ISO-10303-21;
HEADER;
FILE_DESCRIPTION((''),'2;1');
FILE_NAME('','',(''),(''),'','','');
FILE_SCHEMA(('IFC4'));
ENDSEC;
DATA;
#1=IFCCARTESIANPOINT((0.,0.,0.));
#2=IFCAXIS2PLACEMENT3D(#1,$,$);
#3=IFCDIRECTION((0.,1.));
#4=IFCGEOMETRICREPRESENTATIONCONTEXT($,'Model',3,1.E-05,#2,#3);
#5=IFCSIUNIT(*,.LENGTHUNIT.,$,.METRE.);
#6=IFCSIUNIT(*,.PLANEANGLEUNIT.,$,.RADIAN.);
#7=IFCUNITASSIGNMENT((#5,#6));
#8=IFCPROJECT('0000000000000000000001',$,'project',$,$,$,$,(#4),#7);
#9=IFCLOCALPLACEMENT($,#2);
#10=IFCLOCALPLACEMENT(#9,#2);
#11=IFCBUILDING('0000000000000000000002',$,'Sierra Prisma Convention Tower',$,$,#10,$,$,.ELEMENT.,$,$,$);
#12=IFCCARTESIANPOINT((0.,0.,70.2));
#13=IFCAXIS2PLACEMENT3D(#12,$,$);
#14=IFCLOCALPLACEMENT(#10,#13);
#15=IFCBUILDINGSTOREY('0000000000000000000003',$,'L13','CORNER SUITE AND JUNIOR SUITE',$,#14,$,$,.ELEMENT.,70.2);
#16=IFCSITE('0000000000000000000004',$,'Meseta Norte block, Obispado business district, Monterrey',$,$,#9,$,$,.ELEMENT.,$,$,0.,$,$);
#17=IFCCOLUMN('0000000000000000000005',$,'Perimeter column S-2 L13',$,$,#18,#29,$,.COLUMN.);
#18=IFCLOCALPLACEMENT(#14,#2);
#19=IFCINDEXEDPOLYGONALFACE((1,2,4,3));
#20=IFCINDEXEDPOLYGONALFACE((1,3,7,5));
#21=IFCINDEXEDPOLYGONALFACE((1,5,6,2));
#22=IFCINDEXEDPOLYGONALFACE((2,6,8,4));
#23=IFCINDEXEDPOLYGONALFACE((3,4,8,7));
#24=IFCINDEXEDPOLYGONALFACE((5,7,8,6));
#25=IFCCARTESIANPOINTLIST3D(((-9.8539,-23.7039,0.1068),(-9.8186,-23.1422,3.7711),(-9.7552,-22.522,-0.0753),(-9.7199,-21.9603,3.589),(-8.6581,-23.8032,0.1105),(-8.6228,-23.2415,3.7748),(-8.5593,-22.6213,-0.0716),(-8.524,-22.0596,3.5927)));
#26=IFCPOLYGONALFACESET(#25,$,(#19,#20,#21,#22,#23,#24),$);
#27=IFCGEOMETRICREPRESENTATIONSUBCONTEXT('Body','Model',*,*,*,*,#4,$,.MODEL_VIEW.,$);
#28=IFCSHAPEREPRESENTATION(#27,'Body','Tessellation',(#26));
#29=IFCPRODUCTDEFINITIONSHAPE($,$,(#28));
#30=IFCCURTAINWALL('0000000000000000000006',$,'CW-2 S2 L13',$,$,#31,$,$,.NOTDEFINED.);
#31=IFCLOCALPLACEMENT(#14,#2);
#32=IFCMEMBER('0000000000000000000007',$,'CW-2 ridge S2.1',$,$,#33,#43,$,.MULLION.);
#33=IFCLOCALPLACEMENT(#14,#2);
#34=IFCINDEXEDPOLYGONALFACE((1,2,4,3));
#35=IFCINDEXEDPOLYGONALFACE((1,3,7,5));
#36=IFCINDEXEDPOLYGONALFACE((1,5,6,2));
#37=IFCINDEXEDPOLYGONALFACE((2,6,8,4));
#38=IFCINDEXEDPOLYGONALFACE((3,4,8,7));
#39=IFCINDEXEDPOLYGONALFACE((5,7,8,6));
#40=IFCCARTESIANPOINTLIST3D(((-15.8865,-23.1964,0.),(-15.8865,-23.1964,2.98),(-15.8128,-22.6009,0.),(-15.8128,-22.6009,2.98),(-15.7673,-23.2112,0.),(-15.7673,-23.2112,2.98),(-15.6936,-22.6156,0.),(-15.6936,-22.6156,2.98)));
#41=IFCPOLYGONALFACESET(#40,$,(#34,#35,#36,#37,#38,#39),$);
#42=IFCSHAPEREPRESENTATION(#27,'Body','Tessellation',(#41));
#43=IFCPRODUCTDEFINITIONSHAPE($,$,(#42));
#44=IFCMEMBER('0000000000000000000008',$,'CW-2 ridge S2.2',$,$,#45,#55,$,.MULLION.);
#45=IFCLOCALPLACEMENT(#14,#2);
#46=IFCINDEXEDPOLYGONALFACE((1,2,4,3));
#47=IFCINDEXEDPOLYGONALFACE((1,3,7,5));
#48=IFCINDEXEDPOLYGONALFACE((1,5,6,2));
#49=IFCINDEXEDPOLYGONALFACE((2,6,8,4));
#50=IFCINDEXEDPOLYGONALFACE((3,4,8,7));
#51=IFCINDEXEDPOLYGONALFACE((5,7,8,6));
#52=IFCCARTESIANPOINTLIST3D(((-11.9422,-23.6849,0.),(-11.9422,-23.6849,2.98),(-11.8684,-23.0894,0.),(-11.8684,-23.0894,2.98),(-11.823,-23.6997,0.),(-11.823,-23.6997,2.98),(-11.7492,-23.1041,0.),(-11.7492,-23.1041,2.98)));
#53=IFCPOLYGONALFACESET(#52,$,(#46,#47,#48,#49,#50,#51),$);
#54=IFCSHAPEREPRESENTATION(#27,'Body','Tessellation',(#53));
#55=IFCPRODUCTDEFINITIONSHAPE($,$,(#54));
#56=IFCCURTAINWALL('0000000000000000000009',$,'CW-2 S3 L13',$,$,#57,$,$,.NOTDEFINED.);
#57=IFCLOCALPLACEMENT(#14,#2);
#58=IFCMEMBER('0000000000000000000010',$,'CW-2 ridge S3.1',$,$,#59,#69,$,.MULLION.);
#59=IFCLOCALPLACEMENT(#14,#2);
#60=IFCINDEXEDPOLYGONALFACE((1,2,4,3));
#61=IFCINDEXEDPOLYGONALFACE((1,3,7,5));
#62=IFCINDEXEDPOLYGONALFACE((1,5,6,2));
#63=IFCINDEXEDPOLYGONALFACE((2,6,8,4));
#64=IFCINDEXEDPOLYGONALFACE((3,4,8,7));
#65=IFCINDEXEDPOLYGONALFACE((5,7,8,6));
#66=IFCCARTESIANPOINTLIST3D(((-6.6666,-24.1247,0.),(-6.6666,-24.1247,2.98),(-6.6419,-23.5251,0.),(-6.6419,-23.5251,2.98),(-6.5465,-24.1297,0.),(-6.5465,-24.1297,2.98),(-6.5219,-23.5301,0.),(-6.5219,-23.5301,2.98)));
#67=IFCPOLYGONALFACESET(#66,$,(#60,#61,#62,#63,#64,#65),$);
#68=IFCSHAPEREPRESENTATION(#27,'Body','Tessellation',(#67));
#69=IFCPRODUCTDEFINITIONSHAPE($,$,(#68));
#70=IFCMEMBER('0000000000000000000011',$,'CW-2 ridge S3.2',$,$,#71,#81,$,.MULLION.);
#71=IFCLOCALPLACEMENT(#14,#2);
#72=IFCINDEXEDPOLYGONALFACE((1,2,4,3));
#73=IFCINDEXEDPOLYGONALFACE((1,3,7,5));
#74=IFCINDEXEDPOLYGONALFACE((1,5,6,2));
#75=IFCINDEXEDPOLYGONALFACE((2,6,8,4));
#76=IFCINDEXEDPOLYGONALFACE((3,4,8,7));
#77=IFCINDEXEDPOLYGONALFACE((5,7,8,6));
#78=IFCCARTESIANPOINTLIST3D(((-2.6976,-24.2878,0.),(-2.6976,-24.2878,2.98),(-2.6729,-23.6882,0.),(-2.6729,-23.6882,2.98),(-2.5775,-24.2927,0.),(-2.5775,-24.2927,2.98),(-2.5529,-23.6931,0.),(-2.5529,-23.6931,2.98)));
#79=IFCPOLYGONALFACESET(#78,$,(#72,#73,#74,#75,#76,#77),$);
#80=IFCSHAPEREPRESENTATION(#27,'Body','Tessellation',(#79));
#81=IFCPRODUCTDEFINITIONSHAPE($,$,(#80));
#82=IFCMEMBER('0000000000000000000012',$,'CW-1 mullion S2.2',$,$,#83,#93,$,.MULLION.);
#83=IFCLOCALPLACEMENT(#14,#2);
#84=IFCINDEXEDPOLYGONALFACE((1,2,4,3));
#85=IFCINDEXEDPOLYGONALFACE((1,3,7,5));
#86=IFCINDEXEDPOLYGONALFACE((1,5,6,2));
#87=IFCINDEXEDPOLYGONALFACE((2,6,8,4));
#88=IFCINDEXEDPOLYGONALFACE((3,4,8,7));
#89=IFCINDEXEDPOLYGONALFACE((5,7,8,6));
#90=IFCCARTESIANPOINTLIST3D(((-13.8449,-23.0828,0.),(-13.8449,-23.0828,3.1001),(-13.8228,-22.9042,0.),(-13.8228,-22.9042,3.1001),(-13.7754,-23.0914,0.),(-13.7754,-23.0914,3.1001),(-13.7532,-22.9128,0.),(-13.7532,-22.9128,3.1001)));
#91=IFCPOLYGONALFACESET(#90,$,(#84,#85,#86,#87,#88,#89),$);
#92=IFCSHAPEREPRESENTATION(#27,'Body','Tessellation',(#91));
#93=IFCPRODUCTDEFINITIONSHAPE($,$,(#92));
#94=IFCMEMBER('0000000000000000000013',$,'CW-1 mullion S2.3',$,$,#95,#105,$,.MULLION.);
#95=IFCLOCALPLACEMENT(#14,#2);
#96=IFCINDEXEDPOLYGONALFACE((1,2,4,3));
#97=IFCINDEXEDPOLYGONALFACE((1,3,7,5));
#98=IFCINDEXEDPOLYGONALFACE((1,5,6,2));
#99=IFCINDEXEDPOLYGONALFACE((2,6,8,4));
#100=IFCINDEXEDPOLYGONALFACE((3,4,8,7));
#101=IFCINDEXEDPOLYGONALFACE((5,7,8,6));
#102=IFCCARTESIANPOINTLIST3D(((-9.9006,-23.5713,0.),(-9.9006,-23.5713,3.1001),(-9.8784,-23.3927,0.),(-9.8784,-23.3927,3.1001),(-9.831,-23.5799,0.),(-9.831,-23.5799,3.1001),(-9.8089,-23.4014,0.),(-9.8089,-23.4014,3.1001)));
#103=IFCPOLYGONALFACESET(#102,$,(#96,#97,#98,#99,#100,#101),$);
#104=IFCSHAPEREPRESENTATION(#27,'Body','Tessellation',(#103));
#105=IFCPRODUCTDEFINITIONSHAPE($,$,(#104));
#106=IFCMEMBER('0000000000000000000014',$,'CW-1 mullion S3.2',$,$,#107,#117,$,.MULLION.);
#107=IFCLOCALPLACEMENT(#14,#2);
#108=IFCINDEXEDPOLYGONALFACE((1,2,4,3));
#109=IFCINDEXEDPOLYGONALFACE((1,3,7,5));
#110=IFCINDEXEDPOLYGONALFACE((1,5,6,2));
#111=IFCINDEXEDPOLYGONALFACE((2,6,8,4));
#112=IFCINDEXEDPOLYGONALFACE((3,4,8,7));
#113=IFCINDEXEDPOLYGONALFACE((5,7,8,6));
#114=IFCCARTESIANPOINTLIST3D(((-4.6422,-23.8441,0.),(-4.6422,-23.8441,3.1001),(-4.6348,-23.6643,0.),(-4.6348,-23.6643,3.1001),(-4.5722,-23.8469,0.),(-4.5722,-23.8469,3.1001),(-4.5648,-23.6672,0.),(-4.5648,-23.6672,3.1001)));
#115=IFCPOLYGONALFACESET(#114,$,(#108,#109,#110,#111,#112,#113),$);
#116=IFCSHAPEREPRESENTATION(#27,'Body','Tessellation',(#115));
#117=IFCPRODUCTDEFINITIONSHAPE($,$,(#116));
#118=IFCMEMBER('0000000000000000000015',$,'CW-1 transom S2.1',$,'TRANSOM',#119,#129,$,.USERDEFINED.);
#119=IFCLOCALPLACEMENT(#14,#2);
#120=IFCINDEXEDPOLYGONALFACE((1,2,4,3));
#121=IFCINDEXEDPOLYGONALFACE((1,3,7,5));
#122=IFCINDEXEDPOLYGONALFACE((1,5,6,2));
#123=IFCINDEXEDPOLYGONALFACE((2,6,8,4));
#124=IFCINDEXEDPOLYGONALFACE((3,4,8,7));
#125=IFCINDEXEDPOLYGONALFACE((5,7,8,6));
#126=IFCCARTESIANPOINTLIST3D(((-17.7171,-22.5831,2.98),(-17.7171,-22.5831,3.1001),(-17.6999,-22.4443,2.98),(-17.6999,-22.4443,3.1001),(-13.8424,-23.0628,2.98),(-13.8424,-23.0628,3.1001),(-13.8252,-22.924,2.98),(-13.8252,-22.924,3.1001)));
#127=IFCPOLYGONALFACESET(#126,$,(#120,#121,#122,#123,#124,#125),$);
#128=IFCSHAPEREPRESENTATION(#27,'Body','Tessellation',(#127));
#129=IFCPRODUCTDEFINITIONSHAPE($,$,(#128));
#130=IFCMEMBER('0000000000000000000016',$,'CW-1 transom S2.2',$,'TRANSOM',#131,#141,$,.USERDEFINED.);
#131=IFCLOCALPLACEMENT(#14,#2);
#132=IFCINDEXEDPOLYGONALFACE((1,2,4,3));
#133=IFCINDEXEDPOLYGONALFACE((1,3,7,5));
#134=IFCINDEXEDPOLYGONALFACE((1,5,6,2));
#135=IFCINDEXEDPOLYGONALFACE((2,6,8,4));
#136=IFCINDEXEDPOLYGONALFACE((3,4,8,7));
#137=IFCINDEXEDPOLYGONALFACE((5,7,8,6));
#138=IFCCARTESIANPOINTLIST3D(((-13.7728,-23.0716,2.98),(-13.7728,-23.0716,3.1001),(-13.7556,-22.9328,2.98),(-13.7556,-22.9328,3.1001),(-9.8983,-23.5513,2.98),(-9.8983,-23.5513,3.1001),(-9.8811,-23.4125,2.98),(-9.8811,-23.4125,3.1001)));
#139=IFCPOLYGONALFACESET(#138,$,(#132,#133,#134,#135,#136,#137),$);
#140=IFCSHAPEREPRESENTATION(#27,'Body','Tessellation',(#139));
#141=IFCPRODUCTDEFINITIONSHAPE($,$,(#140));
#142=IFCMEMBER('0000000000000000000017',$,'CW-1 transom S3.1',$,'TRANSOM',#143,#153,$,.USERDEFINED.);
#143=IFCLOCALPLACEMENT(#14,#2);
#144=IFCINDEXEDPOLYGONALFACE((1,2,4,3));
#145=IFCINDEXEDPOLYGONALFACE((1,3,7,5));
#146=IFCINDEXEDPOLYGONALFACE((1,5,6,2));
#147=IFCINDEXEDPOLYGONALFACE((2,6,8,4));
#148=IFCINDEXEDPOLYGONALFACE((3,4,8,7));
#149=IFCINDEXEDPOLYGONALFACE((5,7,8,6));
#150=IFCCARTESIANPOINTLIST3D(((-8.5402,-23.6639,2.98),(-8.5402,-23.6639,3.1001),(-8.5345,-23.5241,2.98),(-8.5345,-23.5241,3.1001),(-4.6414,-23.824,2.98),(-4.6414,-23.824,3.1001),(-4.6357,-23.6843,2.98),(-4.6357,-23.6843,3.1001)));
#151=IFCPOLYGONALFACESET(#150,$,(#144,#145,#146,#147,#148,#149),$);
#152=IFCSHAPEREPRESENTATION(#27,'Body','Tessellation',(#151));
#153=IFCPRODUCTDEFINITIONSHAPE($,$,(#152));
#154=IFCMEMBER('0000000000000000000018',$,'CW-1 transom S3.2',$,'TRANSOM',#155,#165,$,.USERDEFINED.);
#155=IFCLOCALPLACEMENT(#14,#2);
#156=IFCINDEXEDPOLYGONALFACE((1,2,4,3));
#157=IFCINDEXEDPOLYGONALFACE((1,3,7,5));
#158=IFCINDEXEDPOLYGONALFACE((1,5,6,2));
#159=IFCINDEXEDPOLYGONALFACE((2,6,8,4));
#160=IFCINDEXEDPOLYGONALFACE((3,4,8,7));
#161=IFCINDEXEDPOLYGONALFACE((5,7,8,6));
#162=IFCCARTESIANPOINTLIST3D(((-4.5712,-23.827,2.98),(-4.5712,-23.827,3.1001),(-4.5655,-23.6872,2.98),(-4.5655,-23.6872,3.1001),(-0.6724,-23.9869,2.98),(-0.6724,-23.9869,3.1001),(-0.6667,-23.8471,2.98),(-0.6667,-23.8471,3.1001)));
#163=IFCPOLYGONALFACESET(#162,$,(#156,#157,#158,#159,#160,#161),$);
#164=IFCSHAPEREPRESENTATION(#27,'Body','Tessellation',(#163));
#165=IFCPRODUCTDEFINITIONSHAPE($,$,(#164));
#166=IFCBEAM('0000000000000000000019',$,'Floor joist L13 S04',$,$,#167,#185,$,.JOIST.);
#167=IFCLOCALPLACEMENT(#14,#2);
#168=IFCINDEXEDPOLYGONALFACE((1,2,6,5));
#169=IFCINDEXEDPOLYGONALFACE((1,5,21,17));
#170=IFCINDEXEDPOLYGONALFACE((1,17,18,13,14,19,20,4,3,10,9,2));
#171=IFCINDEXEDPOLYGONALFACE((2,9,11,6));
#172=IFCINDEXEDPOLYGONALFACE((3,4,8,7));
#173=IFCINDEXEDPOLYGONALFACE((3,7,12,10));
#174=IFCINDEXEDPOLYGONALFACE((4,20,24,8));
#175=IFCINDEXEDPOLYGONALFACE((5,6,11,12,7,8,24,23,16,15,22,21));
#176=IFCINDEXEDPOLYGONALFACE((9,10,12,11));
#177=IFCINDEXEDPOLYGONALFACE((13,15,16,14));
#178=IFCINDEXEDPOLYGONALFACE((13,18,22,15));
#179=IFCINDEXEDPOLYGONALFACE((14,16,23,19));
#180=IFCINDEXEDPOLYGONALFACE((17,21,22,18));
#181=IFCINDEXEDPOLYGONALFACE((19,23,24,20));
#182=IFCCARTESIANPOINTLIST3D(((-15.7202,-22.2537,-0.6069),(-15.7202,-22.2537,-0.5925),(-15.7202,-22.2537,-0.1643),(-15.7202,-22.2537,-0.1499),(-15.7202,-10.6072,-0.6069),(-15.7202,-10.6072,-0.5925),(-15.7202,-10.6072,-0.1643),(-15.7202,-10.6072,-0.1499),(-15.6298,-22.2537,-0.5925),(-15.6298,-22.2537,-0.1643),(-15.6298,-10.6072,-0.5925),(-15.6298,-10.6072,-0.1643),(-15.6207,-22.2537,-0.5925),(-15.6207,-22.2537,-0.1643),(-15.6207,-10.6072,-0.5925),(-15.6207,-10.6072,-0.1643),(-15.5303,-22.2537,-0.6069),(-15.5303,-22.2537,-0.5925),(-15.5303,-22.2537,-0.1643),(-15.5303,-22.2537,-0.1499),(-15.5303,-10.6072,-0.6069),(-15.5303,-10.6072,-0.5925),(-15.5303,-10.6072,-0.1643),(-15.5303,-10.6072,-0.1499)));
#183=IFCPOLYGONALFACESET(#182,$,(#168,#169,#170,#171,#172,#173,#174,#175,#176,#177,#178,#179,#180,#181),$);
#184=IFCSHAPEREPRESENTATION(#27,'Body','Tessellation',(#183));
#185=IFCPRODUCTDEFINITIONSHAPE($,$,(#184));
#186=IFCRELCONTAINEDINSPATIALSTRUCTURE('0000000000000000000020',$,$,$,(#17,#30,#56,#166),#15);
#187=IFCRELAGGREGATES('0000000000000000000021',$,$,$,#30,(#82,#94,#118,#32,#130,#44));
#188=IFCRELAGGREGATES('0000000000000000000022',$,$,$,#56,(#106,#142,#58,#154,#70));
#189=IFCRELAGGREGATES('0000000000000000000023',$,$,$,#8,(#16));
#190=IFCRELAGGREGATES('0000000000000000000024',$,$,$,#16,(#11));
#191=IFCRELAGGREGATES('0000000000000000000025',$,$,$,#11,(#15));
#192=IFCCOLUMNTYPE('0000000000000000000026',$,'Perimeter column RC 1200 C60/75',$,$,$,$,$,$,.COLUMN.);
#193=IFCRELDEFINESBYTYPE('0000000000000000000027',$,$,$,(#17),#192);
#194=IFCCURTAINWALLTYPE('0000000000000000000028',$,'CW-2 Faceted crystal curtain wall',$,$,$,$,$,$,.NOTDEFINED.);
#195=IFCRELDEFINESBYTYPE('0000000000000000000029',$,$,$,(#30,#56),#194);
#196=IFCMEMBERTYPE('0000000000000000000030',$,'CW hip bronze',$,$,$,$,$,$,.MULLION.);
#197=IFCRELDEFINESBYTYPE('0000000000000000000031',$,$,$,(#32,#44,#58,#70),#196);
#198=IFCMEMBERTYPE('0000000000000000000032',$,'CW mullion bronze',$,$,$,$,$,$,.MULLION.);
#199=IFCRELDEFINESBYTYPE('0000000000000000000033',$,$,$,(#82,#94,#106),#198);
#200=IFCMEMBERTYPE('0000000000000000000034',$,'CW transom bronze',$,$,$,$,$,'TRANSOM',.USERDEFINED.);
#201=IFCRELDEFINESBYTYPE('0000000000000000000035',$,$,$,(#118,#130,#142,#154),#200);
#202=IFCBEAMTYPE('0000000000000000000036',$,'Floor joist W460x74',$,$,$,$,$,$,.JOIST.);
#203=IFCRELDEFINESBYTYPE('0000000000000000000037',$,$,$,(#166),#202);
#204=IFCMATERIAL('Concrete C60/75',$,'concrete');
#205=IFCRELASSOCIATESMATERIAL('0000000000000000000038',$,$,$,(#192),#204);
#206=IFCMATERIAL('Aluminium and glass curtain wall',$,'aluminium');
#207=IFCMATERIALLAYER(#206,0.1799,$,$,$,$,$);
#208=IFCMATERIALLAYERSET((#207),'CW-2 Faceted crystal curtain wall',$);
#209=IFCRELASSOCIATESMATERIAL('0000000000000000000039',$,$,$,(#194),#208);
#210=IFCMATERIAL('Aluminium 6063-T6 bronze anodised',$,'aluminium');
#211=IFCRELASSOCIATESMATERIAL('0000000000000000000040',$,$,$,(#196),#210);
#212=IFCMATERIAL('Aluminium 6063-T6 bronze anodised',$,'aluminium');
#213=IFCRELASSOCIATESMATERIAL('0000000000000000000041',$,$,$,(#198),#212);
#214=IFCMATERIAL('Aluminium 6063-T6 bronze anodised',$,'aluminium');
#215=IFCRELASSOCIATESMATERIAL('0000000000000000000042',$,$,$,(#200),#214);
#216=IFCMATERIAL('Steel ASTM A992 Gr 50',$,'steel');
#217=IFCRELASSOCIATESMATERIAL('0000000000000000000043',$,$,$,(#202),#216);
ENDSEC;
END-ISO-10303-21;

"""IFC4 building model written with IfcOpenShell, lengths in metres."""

from ifc_helpers import new_model, si_unit, direction, frame, origin, origin_2d, place, context, subcontext, project, spatial, rectangle, i_section, extrude, clip, halfspace, material, layer, layer_set, material_profile, profile_set, type_object, element, aggregate, save


model = new_model("IFC4")

# Units and contexts
model_context = context("Model", 3, precision=1e-05, world=origin(), true_north=direction((0.0, 1.0)))
body_context = subcontext(model_context, "Body", "Model", "MODEL_VIEW")
ifc_project = project(units=[si_unit("LENGTHUNIT", "METRE"), si_unit("PLANEANGLEUNIT", "RADIAN")], contexts=[model_context])

# Site, building, storey
site_placement = place(None, origin())
site = spatial("IfcSite", under=ifc_project, at=site_placement, Name="Meseta Norte block, Obispado business district, Monterrey", CompositionType="ELEMENT", RefElevation=0.0)
building_placement = place(site_placement, origin())
building = spatial("IfcBuilding", under=site, at=building_placement, Name="Sierra Prisma Convention Tower", CompositionType="ELEMENT")
storey_placement = place(building_placement, frame((0.0, 0.0, 70.2)))
storey = spatial("IfcBuildingStorey", under=building, at=storey_placement, Name="L13", Description="CORNER SUITE AND JUNIOR SUITE", CompositionType="ELEMENT", Elevation=70.2)

# Column
ifc_material_1 = material(Name="Concrete C60/75", Category="concrete")
ifc_material_profile_1 = material_profile(ifc_material_1, rectangle(XDim=1.2, YDim=1.2, at=origin_2d()), Name="Perimeter column RC 1200 C60/75")
ifc_profile_set_1 = profile_set([ifc_material_profile_1], Name="Concrete C60/75")
column_type = type_object("IfcColumnType", Name="Perimeter column RC 1200 C60/75", PredefinedType="COLUMN", material=ifc_profile_set_1)
column_1_placement = place(storey_placement, frame((-9.2068, -23.1653, 0.0), z_axis=(0.009522, 0.151506, 0.98841), x_axis=(-0.996564, 0.082766, -0.003086)))
element("IfcColumn", 1, at=column_1_placement, inside=storey, type_object=column_type, Name="Perimeter column S-2 L13", PredefinedType="COLUMN", context=body_context, shape_type="SweptSolid", body=[
    clip(clip(extrude(rectangle(XDim=1.2, YDim=1.2, at=origin_2d()), origin(), (0.0, 0.0, 1.0), 3.7434), halfspace(frame((0.0, 0.0, 0.0178)), True)), halfspace(frame((0.0, 0.0, 3.7251)), False)),
])

# Curtain walls, members
ifc_material_2 = material(Name="Aluminium and glass curtain wall", Category="aluminium")
ifc_layer_1 = layer(ifc_material_2, 0.1799)
ifc_layer_set_1 = layer_set([ifc_layer_1], Name="CW-2 Faceted crystal curtain wall")
curtain_wall_type = type_object("IfcCurtainWallType", Name="CW-2 Faceted crystal curtain wall", PredefinedType="NOTDEFINED", material=ifc_layer_set_1)
curtain_wall_1_placement = place(storey_placement, origin())
curtain_wall_1 = element("IfcCurtainWall", 2, at=curtain_wall_1_placement, inside=storey, type_object=curtain_wall_type, Name="CW-2 S2 L13", PredefinedType="NOTDEFINED")
ifc_material_3 = material(Name="Aluminium 6063-T6 bronze anodised", Category="aluminium")
ifc_material_profile_2 = material_profile(ifc_material_3, rectangle(XDim=0.1201, YDim=0.6001, at=origin_2d()), Name="ALU RIDGE BLADE 120x600")
ifc_profile_set_2 = profile_set([ifc_material_profile_2], Name="Aluminium 6063-T6 bronze anodised")
member_type_1 = type_object("IfcMemberType", Name="CW hip bronze", PredefinedType="MULLION", material=ifc_profile_set_2)
member_1_placement = place(storey_placement, frame((-15.79, -22.906, 0.0), z_axis=(0.0, 0.0, 1.0), x_axis=(0.992419, -0.122903, 0.0)))
member_1 = element("IfcMember", 3, at=member_1_placement, type_object=member_type_1, Name="CW-2 ridge S2.1", PredefinedType="MULLION", context=body_context, shape_type="SweptSolid", body=[
    extrude(rectangle(XDim=0.1201, YDim=0.6001, at=origin_2d()), origin(), (0.0, 0.0, 1.0), 2.98),
])
member_2_placement = place(storey_placement, frame((-11.8457, -23.3945, 0.0), z_axis=(0.0, 0.0, 1.0), x_axis=(0.992419, -0.122903, 0.0)))
member_2 = element("IfcMember", 4, at=member_2_placement, type_object=member_type_1, Name="CW-2 ridge S2.2", PredefinedType="MULLION", context=body_context, shape_type="SweptSolid", body=[
    extrude(rectangle(XDim=0.1201, YDim=0.6001, at=origin_2d()), origin(), (0.0, 0.0, 1.0), 2.98),
])
curtain_wall_2_placement = place(storey_placement, origin())
curtain_wall_2 = element("IfcCurtainWall", 5, at=curtain_wall_2_placement, inside=storey, type_object=curtain_wall_type, Name="CW-2 S3 L13", PredefinedType="NOTDEFINED")
member_3_placement = place(storey_placement, frame((-6.5942, -23.8274, 0.0), z_axis=(0.0, 0.0, 1.0), x_axis=(0.999158, -0.041027, 0.0)))
member_3 = element("IfcMember", 6, at=member_3_placement, type_object=member_type_1, Name="CW-2 ridge S3.1", PredefinedType="MULLION", context=body_context, shape_type="SweptSolid", body=[
    extrude(rectangle(XDim=0.1201, YDim=0.6001, at=origin_2d()), origin(), (0.0, 0.0, 1.0), 2.98),
])
member_4_placement = place(storey_placement, frame((-2.6252, -23.9905, 0.0), z_axis=(0.0, 0.0, 1.0), x_axis=(0.999158, -0.041027, 0.0)))
member_4 = element("IfcMember", 7, at=member_4_placement, type_object=member_type_1, Name="CW-2 ridge S3.2", PredefinedType="MULLION", context=body_context, shape_type="SweptSolid", body=[
    extrude(rectangle(XDim=0.1201, YDim=0.6001, at=origin_2d()), origin(), (0.0, 0.0, 1.0), 2.98),
])

# Members
ifc_material_4 = material(Name="Aluminium 6063-T6 bronze anodised", Category="aluminium")
ifc_material_profile_3 = material_profile(ifc_material_4, rectangle(XDim=0.1799, YDim=0.0701, at=origin_2d()), Name="ALU MULLION 70x180")
ifc_profile_set_3 = profile_set([ifc_material_profile_3], Name="Aluminium 6063-T6 bronze anodised")
member_type_2 = type_object("IfcMemberType", Name="CW mullion bronze", PredefinedType="MULLION", material=ifc_profile_set_3)
member_5_placement = place(storey_placement, frame((-13.7991, -22.9978, 0.0), z_axis=(0.0, 0.0, 1.0), x_axis=(0.122903, 0.992419, 0.0)))
member_5 = element("IfcMember", 8, at=member_5_placement, type_object=member_type_2, Name="CW-1 mullion S2.2", PredefinedType="MULLION", context=body_context, shape_type="SweptSolid", body=[
    extrude(rectangle(XDim=0.1799, YDim=0.0701, at=origin_2d()), origin(), (0.0, 0.0, 1.0), 3.1001),
])
member_6_placement = place(storey_placement, frame((-9.8547, -23.4863, 0.0), z_axis=(0.0, 0.0, 1.0), x_axis=(0.122903, 0.992419, 0.0)))
member_6 = element("IfcMember", 9, at=member_6_placement, type_object=member_type_2, Name="CW-1 mullion S2.3", PredefinedType="MULLION", context=body_context, shape_type="SweptSolid", body=[
    extrude(rectangle(XDim=0.1799, YDim=0.0701, at=origin_2d()), origin(), (0.0, 0.0, 1.0), 3.1001),
])
member_7_placement = place(storey_placement, frame((-4.6035, -23.7556, 0.0), z_axis=(0.0, 0.0, 1.0), x_axis=(0.041027, 0.999158, 0.0)))
member_7 = element("IfcMember", 10, at=member_7_placement, type_object=member_type_2, Name="CW-1 mullion S3.2", PredefinedType="MULLION", context=body_context, shape_type="SweptSolid", body=[
    extrude(rectangle(XDim=0.1799, YDim=0.0701, at=origin_2d()), origin(), (0.0, 0.0, 1.0), 3.1001),
])
ifc_material_5 = material(Name="Aluminium 6063-T6 bronze anodised", Category="aluminium")
ifc_material_profile_4 = material_profile(ifc_material_5, rectangle(XDim=0.1399, YDim=0.1201, at=origin_2d()), Name="ALU TRANSOM 120x140")
ifc_profile_set_4 = profile_set([ifc_material_profile_4], Name="Aluminium 6063-T6 bronze anodised")
member_type_3 = type_object("IfcMemberType", Name="CW transom bronze", ElementType="TRANSOM", PredefinedType="USERDEFINED", material=ifc_profile_set_4)
member_8_placement = place(storey_placement, frame((-17.7085, -22.5137, 3.04), z_axis=(0.992422, -0.122873, 0.0), x_axis=(0.122873, 0.992422, 0.0)))
member_8 = element("IfcMember", 11, at=member_8_placement, type_object=member_type_3, Name="CW-1 transom S2.1", ObjectType="TRANSOM", PredefinedType="USERDEFINED", context=body_context, shape_type="SweptSolid", body=[
    extrude(rectangle(XDim=0.1399, YDim=0.1201, at=origin_2d()), origin(), (0.0, 0.0, 1.0), 3.9043),
])
member_9_placement = place(storey_placement, frame((-13.7642, -23.0022, 3.04), z_axis=(0.992422, -0.12288, 0.0), x_axis=(0.12288, 0.992422, 0.0)))
member_9 = element("IfcMember", 12, at=member_9_placement, type_object=member_type_3, Name="CW-1 transom S2.2", ObjectType="TRANSOM", PredefinedType="USERDEFINED", context=body_context, shape_type="SweptSolid", body=[
    extrude(rectangle(XDim=0.1399, YDim=0.1201, at=origin_2d()), origin(), (0.0, 0.0, 1.0), 3.9041),
])
member_10_placement = place(storey_placement, frame((-8.5374, -23.594, 3.04), z_axis=(0.999157, -0.041042, 0.0), x_axis=(0.041042, 0.999157, 0.0)))
member_10 = element("IfcMember", 13, at=member_10_placement, type_object=member_type_3, Name="CW-1 transom S3.1", ObjectType="TRANSOM", PredefinedType="USERDEFINED", context=body_context, shape_type="SweptSolid", body=[
    extrude(rectangle(XDim=0.1399, YDim=0.1201, at=origin_2d()), origin(), (0.0, 0.0, 1.0), 3.9021),
])
member_11_placement = place(storey_placement, frame((-4.5684, -23.7571, 3.04), z_axis=(0.99916, -0.04098, 0.0), x_axis=(0.04098, 0.99916, 0.0)))
member_11 = element("IfcMember", 14, at=member_11_placement, type_object=member_type_3, Name="CW-1 transom S3.2", ObjectType="TRANSOM", PredefinedType="USERDEFINED", context=body_context, shape_type="SweptSolid", body=[
    extrude(rectangle(XDim=0.1399, YDim=0.1201, at=origin_2d()), origin(), (0.0, 0.0, 1.0), 3.9021),
])

# Beam
ifc_material_6 = material(Name="Steel ASTM A992 Gr 50", Category="steel")
ifc_material_profile_5 = material_profile(ifc_material_6, i_section(OverallWidth=0.1899, OverallDepth=0.457, WebThickness=0.009, FlangeThickness=0.0144, at=origin_2d()), Name="W460x74")
ifc_profile_set_5 = profile_set([ifc_material_profile_5], Name="Steel ASTM A992 Gr 50")
beam_type_1 = type_object("IfcBeamType", Name="Floor joist W460x74", PredefinedType="JOIST", material=ifc_profile_set_5)
beam_1_placement = place(storey_placement, frame((-15.6252, -22.2537, -0.3784), z_axis=(0.0, 1.0, 0.0), x_axis=(-1.0, 0.0, 0.0)))
element("IfcBeam", 15, at=beam_1_placement, inside=storey, type_object=beam_type_1, Name="Floor joist L13 S04", PredefinedType="JOIST", context=body_context, shape_type="SweptSolid", body=[
    extrude(i_section(OverallWidth=0.1899, OverallDepth=0.457, WebThickness=0.009, FlangeThickness=0.0144, at=origin_2d()), origin(), (0.0, 0.0, 1.0), 11.6465),
])

aggregate(curtain_wall_1, [member_5, member_6, member_8, member_1, member_9, member_2])
aggregate(curtain_wall_2, [member_7, member_10, member_3, member_11, member_4])

save(model, "model.ifc")
